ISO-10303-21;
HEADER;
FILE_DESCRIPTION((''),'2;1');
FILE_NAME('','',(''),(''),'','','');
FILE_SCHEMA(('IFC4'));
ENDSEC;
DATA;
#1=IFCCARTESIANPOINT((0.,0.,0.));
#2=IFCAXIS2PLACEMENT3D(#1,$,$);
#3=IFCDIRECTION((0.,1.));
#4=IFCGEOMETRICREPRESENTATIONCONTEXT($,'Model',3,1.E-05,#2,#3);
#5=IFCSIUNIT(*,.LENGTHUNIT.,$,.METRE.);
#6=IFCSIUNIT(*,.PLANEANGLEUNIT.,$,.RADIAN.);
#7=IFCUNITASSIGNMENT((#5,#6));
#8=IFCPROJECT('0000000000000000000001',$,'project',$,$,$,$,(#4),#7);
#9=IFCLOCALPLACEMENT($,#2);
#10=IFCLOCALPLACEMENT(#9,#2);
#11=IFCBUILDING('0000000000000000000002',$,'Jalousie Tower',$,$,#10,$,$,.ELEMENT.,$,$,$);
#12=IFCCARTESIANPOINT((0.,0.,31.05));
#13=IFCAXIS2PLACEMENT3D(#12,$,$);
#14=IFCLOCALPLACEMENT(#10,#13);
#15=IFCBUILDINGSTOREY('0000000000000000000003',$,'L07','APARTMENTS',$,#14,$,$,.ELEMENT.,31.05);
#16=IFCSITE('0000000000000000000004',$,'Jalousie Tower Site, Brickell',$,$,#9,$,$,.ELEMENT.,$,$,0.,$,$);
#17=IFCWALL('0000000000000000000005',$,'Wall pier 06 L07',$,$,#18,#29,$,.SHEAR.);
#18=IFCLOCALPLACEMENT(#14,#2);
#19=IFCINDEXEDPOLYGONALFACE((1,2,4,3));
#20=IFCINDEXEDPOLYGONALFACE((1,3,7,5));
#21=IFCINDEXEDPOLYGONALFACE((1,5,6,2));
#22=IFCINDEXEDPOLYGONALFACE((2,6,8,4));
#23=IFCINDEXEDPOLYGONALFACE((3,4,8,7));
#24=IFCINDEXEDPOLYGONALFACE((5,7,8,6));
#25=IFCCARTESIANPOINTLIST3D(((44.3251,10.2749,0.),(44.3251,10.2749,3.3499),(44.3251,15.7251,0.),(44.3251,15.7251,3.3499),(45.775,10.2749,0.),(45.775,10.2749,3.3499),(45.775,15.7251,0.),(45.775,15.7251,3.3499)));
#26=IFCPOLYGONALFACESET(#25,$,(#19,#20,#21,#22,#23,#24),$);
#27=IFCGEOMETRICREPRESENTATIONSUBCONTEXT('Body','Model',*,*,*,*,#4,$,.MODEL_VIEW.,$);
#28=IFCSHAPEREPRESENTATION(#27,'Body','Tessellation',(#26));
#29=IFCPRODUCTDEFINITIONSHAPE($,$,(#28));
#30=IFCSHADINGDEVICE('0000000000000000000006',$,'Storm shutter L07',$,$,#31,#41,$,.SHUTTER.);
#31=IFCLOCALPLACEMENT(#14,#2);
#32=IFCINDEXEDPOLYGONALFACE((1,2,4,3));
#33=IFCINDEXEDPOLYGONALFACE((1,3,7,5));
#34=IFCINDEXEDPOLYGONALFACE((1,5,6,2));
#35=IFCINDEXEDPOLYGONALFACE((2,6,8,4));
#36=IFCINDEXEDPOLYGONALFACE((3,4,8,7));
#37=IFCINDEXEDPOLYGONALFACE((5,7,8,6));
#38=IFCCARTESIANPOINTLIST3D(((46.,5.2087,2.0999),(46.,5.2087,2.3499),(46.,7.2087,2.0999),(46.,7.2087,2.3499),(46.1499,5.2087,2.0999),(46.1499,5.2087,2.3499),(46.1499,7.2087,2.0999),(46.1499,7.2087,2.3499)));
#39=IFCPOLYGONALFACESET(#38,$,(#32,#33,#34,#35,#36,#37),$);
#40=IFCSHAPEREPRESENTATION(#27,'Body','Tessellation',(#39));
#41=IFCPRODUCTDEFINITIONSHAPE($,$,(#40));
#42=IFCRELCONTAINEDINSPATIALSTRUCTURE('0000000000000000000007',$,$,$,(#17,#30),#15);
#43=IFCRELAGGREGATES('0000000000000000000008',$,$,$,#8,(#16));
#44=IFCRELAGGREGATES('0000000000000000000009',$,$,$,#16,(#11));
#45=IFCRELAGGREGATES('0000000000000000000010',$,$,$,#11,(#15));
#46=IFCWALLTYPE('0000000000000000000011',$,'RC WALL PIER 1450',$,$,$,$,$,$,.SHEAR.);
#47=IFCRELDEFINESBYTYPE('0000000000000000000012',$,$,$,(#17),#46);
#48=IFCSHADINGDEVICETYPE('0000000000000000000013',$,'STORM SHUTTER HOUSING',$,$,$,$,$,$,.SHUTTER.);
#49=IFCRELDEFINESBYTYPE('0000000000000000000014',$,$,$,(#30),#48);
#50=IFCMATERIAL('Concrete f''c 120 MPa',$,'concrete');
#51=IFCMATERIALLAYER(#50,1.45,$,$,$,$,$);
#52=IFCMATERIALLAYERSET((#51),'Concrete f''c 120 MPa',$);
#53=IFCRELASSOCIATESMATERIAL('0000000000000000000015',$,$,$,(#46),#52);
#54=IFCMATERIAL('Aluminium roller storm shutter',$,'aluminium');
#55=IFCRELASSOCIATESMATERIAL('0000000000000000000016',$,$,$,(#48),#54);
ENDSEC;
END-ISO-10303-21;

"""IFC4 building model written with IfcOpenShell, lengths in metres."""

from ifc_helpers import new_model, si_unit, direction, frame, frame_2d, origin, origin_2d, place, context, subcontext, project, spatial, rectangle, extrude, material, layer, layer_set, type_object, element, save


model = new_model("IFC4")

# Units and contexts
model_context = context("Model", 3, precision=1e-05, world=origin(), true_north=direction((0.0, 1.0)))
body_context = subcontext(model_context, "Body", "Model", "MODEL_VIEW")
ifc_project = project(units=[si_unit("LENGTHUNIT", "METRE"), si_unit("PLANEANGLEUNIT", "RADIAN")], contexts=[model_context])

# Site, building, storey
site_placement = place(None, origin())
site = spatial("IfcSite", under=ifc_project, at=site_placement, Name="Jalousie Tower Site, Brickell", CompositionType="ELEMENT", RefElevation=0.0)
building_placement = place(site_placement, origin())
building = spatial("IfcBuilding", under=site, at=building_placement, Name="Jalousie Tower", CompositionType="ELEMENT")
storey_placement = place(building_placement, frame((0.0, 0.0, 31.05)))
storey = spatial("IfcBuildingStorey", under=building, at=storey_placement, Name="L07", Description="APARTMENTS", CompositionType="ELEMENT", Elevation=31.05)

# Wall
ifc_material_1 = material(Name="Concrete f'c 120 MPa", Category="concrete")
ifc_layer_1 = layer(ifc_material_1, 1.45)
ifc_layer_set_1 = layer_set([ifc_layer_1], Name="Concrete f'c 120 MPa")
wall_type_1 = type_object("IfcWallType", Name="RC WALL PIER 1450", PredefinedType="SHEAR", material=ifc_layer_set_1)
wall_1_placement = place(storey_placement, frame((45.05, 10.2749, 0.0), z_axis=(0.0, 0.0, 1.0), x_axis=(0.0, 1.0, 0.0)))
element("IfcWall", 1, at=wall_1_placement, inside=storey, type_object=wall_type_1, Name="Wall pier 06 L07", PredefinedType="SHEAR", context=body_context, shape_type="SweptSolid", body=[
    extrude(rectangle(XDim=5.4502, YDim=1.45, at=frame_2d((2.7251, 0.0))), origin(), (0.0, 0.0, 1.0), 3.3499),
])

# Shading device
ifc_material_2 = material(Name="Aluminium roller storm shutter", Category="aluminium")
shading_device_type = type_object("IfcShadingDeviceType", Name="STORM SHUTTER HOUSING", PredefinedType="SHUTTER", material=ifc_material_2)
shading_device_placement = place(storey_placement, frame((46.075, 6.2087, 2.0999), z_axis=(0.0, 0.0, 1.0), x_axis=(0.0, 1.0, 0.0)))
element("IfcShadingDevice", 2, at=shading_device_placement, inside=storey, type_object=shading_device_type, Name="Storm shutter L07", PredefinedType="SHUTTER", context=body_context, shape_type="SweptSolid", body=[
    extrude(rectangle(XDim=2.0, YDim=0.1499, at=origin_2d()), origin(), (0.0, 0.0, 1.0), 0.25),
])

save(model, "model.ifc")
